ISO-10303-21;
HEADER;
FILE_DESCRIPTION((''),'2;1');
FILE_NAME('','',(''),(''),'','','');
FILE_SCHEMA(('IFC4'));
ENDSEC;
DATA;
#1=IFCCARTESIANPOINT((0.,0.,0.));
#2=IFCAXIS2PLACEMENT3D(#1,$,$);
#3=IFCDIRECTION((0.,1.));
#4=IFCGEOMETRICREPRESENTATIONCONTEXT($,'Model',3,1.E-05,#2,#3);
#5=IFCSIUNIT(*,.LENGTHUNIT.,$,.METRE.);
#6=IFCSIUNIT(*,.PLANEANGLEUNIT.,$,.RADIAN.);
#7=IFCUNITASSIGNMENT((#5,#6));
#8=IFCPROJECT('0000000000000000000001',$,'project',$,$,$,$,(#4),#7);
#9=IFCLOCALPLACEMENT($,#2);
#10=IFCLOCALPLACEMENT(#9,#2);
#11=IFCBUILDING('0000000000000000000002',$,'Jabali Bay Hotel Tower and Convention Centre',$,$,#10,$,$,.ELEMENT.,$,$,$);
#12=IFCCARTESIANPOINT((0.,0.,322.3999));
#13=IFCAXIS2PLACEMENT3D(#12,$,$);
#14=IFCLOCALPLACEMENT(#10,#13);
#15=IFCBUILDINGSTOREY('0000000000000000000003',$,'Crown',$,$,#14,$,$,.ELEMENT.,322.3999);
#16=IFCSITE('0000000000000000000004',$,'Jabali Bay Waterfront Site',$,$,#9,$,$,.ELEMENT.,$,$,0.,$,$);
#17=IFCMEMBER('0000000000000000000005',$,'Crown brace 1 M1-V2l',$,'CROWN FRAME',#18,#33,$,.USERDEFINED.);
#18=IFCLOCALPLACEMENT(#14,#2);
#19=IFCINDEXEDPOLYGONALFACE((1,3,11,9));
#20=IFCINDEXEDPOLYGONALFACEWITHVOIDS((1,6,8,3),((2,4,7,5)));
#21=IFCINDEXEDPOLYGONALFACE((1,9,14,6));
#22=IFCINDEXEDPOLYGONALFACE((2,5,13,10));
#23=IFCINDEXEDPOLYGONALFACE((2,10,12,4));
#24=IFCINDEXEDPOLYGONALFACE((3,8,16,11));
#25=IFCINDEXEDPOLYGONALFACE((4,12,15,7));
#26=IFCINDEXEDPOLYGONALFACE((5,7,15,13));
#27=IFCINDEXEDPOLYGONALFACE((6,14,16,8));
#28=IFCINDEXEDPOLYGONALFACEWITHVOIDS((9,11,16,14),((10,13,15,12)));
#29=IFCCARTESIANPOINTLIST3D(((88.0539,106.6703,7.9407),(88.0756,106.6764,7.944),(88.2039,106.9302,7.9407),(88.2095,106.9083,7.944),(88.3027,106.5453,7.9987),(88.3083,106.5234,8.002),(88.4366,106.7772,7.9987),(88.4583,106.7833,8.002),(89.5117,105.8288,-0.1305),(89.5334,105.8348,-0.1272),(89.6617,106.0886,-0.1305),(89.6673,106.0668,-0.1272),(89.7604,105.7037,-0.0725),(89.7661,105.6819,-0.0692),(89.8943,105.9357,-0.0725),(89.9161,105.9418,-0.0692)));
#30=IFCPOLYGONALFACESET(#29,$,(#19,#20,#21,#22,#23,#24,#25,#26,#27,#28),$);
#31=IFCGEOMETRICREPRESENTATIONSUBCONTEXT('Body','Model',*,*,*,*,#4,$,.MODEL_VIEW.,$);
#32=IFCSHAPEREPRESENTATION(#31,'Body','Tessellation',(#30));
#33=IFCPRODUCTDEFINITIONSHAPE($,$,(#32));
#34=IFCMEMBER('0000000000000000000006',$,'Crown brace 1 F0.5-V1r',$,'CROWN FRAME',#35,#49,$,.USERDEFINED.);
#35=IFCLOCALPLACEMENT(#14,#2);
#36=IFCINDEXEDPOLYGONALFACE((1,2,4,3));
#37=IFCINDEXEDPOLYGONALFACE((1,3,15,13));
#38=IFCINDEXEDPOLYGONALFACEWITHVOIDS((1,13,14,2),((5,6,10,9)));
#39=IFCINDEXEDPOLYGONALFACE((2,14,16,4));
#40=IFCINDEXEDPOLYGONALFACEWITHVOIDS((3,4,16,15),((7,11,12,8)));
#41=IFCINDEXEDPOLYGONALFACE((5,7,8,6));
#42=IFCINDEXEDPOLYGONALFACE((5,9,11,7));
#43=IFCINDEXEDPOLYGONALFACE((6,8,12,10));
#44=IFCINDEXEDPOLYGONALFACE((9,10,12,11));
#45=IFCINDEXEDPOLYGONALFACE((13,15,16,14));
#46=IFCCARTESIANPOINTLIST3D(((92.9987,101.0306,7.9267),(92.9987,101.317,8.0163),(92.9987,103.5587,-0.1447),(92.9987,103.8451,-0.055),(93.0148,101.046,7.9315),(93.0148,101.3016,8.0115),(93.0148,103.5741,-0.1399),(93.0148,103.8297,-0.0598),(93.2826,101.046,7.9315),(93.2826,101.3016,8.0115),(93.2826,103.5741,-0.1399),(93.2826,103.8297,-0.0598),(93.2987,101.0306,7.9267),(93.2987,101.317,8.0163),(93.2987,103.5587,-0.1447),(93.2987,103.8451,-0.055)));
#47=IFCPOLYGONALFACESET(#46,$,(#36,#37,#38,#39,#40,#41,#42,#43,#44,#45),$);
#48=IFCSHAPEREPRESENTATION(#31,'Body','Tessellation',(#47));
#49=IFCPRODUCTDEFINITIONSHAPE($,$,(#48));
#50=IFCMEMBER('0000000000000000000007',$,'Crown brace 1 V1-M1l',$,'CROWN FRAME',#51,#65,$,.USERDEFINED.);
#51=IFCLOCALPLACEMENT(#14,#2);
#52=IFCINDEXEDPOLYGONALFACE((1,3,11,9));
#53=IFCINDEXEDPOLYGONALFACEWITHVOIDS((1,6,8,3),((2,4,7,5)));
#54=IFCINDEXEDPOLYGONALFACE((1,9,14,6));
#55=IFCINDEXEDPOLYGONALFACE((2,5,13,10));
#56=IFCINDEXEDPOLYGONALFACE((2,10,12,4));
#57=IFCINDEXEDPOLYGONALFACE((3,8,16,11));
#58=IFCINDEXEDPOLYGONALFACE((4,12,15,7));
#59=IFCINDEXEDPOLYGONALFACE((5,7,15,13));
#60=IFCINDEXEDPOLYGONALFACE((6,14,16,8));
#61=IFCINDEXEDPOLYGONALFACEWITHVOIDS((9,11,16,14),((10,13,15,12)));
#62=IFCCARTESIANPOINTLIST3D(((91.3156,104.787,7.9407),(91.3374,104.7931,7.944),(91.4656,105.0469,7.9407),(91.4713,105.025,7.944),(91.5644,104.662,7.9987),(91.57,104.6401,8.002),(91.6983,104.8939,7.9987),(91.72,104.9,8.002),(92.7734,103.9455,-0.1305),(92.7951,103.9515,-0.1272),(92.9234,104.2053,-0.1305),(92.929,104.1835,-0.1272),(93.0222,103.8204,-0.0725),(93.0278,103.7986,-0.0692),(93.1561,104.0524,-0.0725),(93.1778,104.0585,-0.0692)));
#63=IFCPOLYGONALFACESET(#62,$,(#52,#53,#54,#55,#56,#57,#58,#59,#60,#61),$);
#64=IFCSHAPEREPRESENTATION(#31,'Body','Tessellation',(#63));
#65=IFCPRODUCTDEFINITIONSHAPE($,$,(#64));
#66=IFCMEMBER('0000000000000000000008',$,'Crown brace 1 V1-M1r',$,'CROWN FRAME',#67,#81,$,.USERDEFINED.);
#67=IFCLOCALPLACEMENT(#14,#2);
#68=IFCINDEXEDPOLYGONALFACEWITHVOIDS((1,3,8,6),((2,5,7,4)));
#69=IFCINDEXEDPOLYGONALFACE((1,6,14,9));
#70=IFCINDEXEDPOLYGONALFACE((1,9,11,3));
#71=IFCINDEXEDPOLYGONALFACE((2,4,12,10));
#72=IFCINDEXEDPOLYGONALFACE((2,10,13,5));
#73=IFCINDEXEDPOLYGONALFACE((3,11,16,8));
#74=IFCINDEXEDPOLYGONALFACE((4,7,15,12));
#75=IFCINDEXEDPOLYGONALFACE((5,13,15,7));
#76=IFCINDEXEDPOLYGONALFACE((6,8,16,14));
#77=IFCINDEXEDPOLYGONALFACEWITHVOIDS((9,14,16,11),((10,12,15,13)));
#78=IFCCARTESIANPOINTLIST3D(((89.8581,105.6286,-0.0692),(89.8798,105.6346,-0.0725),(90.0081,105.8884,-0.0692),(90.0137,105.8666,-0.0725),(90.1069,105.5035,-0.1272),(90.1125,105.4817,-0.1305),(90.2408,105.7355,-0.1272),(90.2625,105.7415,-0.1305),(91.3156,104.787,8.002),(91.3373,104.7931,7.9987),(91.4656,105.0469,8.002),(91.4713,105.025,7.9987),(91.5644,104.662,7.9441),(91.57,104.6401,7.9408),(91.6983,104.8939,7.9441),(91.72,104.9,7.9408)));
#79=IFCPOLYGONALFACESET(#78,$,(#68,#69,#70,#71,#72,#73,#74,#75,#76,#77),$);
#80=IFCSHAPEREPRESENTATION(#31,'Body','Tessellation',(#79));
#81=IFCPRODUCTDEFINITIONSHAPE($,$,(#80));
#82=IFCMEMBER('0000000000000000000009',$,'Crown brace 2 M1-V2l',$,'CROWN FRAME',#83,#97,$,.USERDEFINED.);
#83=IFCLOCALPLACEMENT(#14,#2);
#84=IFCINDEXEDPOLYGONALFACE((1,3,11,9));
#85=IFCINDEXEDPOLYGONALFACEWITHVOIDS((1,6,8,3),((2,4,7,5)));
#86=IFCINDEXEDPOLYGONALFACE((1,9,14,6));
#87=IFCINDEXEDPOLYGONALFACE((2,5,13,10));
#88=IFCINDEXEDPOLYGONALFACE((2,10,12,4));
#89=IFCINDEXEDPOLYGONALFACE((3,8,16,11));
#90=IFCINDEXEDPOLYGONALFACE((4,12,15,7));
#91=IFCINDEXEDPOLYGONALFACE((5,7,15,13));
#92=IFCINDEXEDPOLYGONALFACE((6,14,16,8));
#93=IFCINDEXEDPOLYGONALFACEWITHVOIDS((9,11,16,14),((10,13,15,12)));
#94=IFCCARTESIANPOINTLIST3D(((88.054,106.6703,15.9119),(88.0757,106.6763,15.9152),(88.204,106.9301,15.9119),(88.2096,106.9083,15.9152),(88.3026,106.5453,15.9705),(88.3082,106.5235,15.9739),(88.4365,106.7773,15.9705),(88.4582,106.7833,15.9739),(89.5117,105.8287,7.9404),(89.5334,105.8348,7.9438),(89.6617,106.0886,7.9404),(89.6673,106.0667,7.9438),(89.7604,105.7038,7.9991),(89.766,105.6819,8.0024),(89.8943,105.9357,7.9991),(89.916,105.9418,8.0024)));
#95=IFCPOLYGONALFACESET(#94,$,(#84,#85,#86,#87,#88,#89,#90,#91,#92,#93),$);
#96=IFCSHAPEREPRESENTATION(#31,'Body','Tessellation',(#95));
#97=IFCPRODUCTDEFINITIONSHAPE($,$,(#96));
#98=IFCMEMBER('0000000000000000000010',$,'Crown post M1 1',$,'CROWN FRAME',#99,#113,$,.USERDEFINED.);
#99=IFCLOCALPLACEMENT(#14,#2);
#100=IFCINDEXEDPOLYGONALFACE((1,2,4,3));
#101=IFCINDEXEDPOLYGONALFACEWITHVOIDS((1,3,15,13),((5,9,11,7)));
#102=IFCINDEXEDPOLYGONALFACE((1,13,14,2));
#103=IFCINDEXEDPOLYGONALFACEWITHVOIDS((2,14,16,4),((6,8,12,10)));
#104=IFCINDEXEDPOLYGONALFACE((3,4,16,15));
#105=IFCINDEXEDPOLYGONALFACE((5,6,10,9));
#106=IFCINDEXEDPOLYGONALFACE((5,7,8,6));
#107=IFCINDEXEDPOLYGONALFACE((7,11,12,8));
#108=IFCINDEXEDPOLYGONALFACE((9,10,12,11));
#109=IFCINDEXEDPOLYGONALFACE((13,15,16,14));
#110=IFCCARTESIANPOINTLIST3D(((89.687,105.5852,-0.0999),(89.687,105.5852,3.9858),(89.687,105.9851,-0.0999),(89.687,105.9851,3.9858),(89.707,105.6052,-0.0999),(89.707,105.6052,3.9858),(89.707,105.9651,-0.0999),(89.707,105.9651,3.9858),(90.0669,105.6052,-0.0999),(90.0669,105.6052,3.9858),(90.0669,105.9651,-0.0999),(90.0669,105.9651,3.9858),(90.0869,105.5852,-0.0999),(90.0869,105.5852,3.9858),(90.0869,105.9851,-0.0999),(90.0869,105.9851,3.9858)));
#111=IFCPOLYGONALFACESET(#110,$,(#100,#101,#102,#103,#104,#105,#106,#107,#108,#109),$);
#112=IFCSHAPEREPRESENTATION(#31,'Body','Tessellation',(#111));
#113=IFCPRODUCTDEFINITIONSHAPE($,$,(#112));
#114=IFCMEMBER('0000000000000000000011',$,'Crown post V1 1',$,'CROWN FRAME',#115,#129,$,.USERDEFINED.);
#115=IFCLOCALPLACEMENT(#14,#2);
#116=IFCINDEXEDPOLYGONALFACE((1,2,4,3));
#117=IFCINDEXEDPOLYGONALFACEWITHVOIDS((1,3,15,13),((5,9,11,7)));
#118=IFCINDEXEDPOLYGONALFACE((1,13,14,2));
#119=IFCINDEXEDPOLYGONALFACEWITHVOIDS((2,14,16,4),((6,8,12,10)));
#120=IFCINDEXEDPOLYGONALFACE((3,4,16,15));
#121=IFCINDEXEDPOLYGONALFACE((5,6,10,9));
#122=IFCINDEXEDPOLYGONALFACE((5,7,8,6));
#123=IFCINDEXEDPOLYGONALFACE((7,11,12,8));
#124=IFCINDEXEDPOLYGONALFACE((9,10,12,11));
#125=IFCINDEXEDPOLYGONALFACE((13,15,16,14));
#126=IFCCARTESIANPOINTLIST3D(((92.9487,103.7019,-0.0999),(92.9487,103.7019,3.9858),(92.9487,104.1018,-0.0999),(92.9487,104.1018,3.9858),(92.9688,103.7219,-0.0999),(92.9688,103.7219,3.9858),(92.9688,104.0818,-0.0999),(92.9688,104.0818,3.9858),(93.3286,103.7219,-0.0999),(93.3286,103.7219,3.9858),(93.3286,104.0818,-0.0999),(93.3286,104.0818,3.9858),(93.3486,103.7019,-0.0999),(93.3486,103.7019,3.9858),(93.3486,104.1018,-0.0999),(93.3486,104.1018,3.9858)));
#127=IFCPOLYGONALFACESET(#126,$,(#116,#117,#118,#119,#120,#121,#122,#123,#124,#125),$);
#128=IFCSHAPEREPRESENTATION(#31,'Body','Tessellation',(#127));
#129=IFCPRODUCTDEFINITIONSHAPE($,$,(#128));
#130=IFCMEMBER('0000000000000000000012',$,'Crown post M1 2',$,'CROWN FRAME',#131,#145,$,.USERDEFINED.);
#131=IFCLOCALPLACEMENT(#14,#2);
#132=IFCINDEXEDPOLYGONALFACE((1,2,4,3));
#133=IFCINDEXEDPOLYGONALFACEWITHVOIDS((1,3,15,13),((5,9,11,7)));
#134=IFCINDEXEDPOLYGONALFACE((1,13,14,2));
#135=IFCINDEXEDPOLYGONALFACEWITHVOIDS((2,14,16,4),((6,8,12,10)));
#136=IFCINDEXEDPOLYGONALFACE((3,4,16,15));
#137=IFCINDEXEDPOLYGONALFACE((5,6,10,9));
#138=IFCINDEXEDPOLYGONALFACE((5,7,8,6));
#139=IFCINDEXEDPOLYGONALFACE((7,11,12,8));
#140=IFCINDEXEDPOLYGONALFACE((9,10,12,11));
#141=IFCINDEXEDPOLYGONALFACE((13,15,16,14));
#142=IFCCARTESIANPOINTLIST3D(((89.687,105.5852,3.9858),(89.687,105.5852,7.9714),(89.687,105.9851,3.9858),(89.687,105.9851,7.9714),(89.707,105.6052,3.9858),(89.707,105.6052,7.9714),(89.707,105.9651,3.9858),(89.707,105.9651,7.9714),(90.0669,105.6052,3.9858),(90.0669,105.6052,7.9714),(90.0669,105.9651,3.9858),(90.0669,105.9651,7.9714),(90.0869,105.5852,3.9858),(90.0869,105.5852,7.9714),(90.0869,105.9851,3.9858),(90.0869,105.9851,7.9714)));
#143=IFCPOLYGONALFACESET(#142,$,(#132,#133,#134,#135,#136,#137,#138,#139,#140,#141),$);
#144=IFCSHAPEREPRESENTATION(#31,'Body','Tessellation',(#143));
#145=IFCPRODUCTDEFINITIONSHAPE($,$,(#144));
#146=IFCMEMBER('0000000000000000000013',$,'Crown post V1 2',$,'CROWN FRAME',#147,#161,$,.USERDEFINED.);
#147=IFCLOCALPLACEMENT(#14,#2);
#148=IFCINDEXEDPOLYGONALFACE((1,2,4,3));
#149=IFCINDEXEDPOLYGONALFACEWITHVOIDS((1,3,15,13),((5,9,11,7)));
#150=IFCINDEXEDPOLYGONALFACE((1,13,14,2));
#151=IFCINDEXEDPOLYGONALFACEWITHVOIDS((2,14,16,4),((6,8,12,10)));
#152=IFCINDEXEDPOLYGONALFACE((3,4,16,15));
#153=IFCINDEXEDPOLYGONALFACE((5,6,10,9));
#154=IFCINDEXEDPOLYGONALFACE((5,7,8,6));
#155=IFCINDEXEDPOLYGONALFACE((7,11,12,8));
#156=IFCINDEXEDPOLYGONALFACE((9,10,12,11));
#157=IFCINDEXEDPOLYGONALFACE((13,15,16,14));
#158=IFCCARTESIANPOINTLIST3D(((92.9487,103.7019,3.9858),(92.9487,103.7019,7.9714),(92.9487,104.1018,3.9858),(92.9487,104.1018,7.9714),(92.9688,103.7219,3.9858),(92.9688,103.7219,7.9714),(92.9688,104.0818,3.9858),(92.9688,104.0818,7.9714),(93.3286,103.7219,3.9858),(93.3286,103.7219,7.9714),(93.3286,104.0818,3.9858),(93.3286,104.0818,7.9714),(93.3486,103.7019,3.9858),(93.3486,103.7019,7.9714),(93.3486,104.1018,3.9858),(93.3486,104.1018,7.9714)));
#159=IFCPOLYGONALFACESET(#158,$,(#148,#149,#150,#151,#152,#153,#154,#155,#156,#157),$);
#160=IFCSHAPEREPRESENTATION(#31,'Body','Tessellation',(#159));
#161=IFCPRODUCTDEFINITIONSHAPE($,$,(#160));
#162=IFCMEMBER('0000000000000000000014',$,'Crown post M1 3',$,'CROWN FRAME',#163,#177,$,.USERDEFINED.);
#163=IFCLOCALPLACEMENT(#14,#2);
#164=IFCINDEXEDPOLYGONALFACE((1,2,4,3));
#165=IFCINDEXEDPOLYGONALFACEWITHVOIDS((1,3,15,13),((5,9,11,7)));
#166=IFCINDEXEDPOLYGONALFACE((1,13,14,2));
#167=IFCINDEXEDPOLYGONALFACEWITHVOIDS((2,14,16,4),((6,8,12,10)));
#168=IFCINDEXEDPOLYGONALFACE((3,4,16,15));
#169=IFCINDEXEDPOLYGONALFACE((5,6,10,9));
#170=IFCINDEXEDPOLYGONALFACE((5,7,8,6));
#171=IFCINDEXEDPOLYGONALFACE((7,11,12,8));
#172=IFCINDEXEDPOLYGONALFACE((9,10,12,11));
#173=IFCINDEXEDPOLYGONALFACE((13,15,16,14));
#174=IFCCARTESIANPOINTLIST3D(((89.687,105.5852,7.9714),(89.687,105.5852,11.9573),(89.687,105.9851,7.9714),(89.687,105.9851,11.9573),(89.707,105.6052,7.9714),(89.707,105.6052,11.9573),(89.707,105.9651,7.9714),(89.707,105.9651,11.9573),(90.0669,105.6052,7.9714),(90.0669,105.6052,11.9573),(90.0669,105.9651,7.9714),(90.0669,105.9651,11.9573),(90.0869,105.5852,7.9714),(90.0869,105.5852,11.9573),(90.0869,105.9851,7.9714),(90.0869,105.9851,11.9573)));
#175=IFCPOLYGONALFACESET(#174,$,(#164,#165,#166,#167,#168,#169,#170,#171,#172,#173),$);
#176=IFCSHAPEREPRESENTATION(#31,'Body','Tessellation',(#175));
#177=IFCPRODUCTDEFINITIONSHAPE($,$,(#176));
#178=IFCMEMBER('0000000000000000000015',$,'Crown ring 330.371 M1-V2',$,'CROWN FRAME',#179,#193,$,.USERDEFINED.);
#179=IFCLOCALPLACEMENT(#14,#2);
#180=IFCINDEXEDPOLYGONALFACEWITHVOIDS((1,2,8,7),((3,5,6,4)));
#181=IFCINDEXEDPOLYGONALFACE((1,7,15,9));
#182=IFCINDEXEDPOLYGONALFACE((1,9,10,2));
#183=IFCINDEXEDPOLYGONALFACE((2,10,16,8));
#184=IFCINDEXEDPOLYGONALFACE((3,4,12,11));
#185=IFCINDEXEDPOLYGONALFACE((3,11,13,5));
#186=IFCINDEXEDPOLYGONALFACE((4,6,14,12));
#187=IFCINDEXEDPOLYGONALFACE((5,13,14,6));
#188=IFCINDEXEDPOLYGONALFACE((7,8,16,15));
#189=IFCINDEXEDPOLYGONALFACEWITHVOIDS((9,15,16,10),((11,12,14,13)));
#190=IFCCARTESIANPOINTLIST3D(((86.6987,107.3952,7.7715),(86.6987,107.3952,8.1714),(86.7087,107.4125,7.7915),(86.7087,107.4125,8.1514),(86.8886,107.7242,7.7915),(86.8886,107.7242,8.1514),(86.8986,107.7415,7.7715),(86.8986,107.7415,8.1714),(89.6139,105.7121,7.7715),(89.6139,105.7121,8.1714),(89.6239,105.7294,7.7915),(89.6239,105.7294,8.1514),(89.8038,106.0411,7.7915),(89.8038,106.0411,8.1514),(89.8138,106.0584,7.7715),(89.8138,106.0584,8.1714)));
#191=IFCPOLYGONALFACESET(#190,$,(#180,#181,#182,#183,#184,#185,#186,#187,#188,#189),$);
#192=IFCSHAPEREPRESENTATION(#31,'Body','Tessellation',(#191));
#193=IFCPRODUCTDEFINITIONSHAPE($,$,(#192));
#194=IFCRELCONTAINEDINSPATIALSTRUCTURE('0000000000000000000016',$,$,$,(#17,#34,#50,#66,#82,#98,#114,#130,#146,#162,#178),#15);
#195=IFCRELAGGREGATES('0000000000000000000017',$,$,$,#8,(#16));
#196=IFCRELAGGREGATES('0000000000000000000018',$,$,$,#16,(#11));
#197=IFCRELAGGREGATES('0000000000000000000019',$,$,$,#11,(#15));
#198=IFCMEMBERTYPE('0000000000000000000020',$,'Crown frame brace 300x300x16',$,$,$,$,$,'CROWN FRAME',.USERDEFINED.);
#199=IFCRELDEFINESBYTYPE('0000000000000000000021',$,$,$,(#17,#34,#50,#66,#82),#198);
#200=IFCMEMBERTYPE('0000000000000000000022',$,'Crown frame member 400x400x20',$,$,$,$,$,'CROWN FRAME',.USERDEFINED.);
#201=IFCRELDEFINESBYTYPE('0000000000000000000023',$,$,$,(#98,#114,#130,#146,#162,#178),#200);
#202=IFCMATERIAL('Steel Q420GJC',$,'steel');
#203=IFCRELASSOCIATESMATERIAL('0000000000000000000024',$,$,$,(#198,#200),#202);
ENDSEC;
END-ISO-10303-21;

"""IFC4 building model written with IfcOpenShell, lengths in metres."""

from ifc_helpers import new_model, si_unit, direction, frame, origin, origin_2d, place, context, subcontext, project, spatial, hollow_rectangle, extrude, material, material_profile, profile_set, type_object, element, save


model = new_model("IFC4")

# Units and contexts
model_context = context("Model", 3, precision=1e-05, world=origin(), true_north=direction((0.0, 1.0)))
body_context = subcontext(model_context, "Body", "Model", "MODEL_VIEW")
ifc_project = project(units=[si_unit("LENGTHUNIT", "METRE"), si_unit("PLANEANGLEUNIT", "RADIAN")], contexts=[model_context])

# Site, building, storey
site_placement = place(None, origin())
site = spatial("IfcSite", under=ifc_project, at=site_placement, Name="Jabali Bay Waterfront Site", CompositionType="ELEMENT", RefElevation=0.0)
building_placement = place(site_placement, origin())
building = spatial("IfcBuilding", under=site, at=building_placement, Name="Jabali Bay Hotel Tower and Convention Centre", CompositionType="ELEMENT")
storey_placement = place(building_placement, frame((0.0, 0.0, 322.3999)))
storey = spatial("IfcBuildingStorey", under=building, at=storey_placement, Name="Crown", CompositionType="ELEMENT", Elevation=322.3999)

# Members
ifc_material_1 = material(Name="Steel Q420GJC", Category="steel")
ifc_material_profile_1 = material_profile(ifc_material_1, hollow_rectangle(XDim=0.3, YDim=0.3, WallThickness=0.0161, at=origin_2d()), Name="Crown frame brace 300x300x16")
ifc_profile_set_1 = profile_set([ifc_material_profile_1], Name="Steel Q420GJC")
member_type_1 = type_object("IfcMemberType", Name="Crown frame brace 300x300x16", ElementType="CROWN FRAME", PredefinedType="USERDEFINED", material=ifc_profile_set_1)
member_1_placement = place(storey_placement, frame((89.7139, 105.8853, -0.0999), z_axis=(-0.176807, 0.102069, 0.978939), x_axis=(-0.499961, -0.866048, 0.0)))
element("IfcMember", 1, at=member_1_placement, inside=storey, type_object=member_type_1, Name="Crown brace 1 M1-V2l", ObjectType="CROWN FRAME", PredefinedType="USERDEFINED", context=body_context, shape_type="SweptSolid", body=[
    extrude(hollow_rectangle(XDim=0.3, YDim=0.3, WallThickness=0.0161, at=origin_2d()), origin(), (0.0, 0.0, 1.0), 8.2449),
])
member_2_placement = place(storey_placement, frame((93.1487, 103.7019, -0.0999), z_axis=(0.0, -0.298899, 0.954285), x_axis=(1.0, 0.0, 0.0)))
element("IfcMember", 2, at=member_2_placement, inside=storey, type_object=member_type_1, Name="Crown brace 1 F0.5-V1r", ObjectType="CROWN FRAME", PredefinedType="USERDEFINED", context=body_context, shape_type="SweptSolid", body=[
    extrude(hollow_rectangle(XDim=0.3, YDim=0.3, WallThickness=0.0161, at=origin_2d()), origin(), (0.0, 0.0, 1.0), 8.458),
])
for number, where, z_axis, x_axis, name in (
    (3, (92.9756, 104.002, -0.0999), (-0.176807, 0.102069, 0.978939), (-0.499961, -0.866048, 0.0), "Crown brace 1 V1-M1l"),
    (4, (90.0603, 105.6851, -0.0999), (0.176778, -0.10207, 0.978944), (0.500024, 0.866012, 0.0), "Crown brace 1 V1-M1r"),
):
    element("IfcMember", number, at=place(storey_placement, frame(where, z_axis=z_axis, x_axis=x_axis)), inside=storey, type_object=member_type_1, Name=name, ObjectType="CROWN FRAME", PredefinedType="USERDEFINED", context=body_context, shape_type="SweptSolid", body=[
        extrude(hollow_rectangle(XDim=0.3, YDim=0.3, WallThickness=0.0161, at=origin_2d()), origin(), (0.0, 0.0, 1.0), 8.2449),
    ])
member_3_placement = place(storey_placement, frame((89.7139, 105.8853, 7.9714), z_axis=(-0.178928, 0.103293, 0.978425), x_axis=(-0.499961, -0.866048, 0.0)))
element("IfcMember", 5, at=member_3_placement, inside=storey, type_object=member_type_1, Name="Crown brace 2 M1-V2l", ObjectType="CROWN FRAME", PredefinedType="USERDEFINED", context=body_context, shape_type="SweptSolid", body=[
    extrude(hollow_rectangle(XDim=0.3, YDim=0.3, WallThickness=0.0161, at=origin_2d()), origin(), (0.0, 0.0, 1.0), 8.1472),
])
ifc_material_profile_2 = material_profile(ifc_material_1, hollow_rectangle(XDim=0.3999, YDim=0.3999, WallThickness=0.02, at=origin_2d()), Name="Crown frame member 400x400x20")
ifc_profile_set_2 = profile_set([ifc_material_profile_2], Name="Steel Q420GJC")
member_type_2 = type_object("IfcMemberType", Name="Crown frame member 400x400x20", ElementType="CROWN FRAME", PredefinedType="USERDEFINED", material=ifc_profile_set_2)
for number, where, z_axis, x_axis, name in (
    (6, (89.887, 105.7852, -0.0999), (0.0, 0.0, 1.0), (1.0, 0.0, 0.0), "Crown post M1 1"),
    (7, (93.1487, 103.9019, -0.0999), (0.0, 0.0, 1.0), (1.0, 0.0, 0.0), "Crown post V1 1"),
):
    element("IfcMember", number, at=place(storey_placement, frame(where, z_axis=z_axis, x_axis=x_axis)), inside=storey, type_object=member_type_2, Name=name, ObjectType="CROWN FRAME", PredefinedType="USERDEFINED", context=body_context, shape_type="SweptSolid", body=[
        extrude(hollow_rectangle(XDim=0.3999, YDim=0.3999, WallThickness=0.02, at=origin_2d()), origin(), (0.0, 0.0, 1.0), 4.0857),
    ])
for number, where, z_axis, x_axis, name in (
    (8, (89.887, 105.7852, 3.9858), (0.0, 0.0, 1.0), (1.0, 0.0, 0.0), "Crown post M1 2"),
    (9, (93.1487, 103.9019, 3.9858), (0.0, 0.0, 1.0), (1.0, 0.0, 0.0), "Crown post V1 2"),
):
    element("IfcMember", number, at=place(storey_placement, frame(where, z_axis=z_axis, x_axis=x_axis)), inside=storey, type_object=member_type_2, Name=name, ObjectType="CROWN FRAME", PredefinedType="USERDEFINED", context=body_context, shape_type="SweptSolid", body=[
        extrude(hollow_rectangle(XDim=0.3999, YDim=0.3999, WallThickness=0.02, at=origin_2d()), origin(), (0.0, 0.0, 1.0), 3.9856),
    ])
member_4_placement = place(storey_placement, frame((89.887, 105.7852, 7.9714), z_axis=(0.0, 0.0, 1.0), x_axis=(1.0, 0.0, 0.0)))
element("IfcMember", 10, at=member_4_placement, inside=storey, type_object=member_type_2, Name="Crown post M1 3", ObjectType="CROWN FRAME", PredefinedType="USERDEFINED", context=body_context, shape_type="SweptSolid", body=[
    extrude(hollow_rectangle(XDim=0.3999, YDim=0.3999, WallThickness=0.02, at=origin_2d()), origin(), (0.0, 0.0, 1.0), 3.9858),
])
member_5_placement = place(storey_placement, frame((89.7139, 105.8853, 7.9714), z_axis=(-0.86603, 0.499992, 0.0), x_axis=(-0.499992, -0.86603, 0.0)))
element("IfcMember", 11, at=member_5_placement, inside=storey, type_object=member_type_2, Name="Crown ring 330.371 M1-V2", ObjectType="CROWN FRAME", PredefinedType="USERDEFINED", context=body_context, shape_type="SweptSolid", body=[
    extrude(hollow_rectangle(XDim=0.3999, YDim=0.3999, WallThickness=0.02, at=origin_2d()), origin(), (0.0, 0.0, 1.0), 3.3662),
])

save(model, "model.ifc")
